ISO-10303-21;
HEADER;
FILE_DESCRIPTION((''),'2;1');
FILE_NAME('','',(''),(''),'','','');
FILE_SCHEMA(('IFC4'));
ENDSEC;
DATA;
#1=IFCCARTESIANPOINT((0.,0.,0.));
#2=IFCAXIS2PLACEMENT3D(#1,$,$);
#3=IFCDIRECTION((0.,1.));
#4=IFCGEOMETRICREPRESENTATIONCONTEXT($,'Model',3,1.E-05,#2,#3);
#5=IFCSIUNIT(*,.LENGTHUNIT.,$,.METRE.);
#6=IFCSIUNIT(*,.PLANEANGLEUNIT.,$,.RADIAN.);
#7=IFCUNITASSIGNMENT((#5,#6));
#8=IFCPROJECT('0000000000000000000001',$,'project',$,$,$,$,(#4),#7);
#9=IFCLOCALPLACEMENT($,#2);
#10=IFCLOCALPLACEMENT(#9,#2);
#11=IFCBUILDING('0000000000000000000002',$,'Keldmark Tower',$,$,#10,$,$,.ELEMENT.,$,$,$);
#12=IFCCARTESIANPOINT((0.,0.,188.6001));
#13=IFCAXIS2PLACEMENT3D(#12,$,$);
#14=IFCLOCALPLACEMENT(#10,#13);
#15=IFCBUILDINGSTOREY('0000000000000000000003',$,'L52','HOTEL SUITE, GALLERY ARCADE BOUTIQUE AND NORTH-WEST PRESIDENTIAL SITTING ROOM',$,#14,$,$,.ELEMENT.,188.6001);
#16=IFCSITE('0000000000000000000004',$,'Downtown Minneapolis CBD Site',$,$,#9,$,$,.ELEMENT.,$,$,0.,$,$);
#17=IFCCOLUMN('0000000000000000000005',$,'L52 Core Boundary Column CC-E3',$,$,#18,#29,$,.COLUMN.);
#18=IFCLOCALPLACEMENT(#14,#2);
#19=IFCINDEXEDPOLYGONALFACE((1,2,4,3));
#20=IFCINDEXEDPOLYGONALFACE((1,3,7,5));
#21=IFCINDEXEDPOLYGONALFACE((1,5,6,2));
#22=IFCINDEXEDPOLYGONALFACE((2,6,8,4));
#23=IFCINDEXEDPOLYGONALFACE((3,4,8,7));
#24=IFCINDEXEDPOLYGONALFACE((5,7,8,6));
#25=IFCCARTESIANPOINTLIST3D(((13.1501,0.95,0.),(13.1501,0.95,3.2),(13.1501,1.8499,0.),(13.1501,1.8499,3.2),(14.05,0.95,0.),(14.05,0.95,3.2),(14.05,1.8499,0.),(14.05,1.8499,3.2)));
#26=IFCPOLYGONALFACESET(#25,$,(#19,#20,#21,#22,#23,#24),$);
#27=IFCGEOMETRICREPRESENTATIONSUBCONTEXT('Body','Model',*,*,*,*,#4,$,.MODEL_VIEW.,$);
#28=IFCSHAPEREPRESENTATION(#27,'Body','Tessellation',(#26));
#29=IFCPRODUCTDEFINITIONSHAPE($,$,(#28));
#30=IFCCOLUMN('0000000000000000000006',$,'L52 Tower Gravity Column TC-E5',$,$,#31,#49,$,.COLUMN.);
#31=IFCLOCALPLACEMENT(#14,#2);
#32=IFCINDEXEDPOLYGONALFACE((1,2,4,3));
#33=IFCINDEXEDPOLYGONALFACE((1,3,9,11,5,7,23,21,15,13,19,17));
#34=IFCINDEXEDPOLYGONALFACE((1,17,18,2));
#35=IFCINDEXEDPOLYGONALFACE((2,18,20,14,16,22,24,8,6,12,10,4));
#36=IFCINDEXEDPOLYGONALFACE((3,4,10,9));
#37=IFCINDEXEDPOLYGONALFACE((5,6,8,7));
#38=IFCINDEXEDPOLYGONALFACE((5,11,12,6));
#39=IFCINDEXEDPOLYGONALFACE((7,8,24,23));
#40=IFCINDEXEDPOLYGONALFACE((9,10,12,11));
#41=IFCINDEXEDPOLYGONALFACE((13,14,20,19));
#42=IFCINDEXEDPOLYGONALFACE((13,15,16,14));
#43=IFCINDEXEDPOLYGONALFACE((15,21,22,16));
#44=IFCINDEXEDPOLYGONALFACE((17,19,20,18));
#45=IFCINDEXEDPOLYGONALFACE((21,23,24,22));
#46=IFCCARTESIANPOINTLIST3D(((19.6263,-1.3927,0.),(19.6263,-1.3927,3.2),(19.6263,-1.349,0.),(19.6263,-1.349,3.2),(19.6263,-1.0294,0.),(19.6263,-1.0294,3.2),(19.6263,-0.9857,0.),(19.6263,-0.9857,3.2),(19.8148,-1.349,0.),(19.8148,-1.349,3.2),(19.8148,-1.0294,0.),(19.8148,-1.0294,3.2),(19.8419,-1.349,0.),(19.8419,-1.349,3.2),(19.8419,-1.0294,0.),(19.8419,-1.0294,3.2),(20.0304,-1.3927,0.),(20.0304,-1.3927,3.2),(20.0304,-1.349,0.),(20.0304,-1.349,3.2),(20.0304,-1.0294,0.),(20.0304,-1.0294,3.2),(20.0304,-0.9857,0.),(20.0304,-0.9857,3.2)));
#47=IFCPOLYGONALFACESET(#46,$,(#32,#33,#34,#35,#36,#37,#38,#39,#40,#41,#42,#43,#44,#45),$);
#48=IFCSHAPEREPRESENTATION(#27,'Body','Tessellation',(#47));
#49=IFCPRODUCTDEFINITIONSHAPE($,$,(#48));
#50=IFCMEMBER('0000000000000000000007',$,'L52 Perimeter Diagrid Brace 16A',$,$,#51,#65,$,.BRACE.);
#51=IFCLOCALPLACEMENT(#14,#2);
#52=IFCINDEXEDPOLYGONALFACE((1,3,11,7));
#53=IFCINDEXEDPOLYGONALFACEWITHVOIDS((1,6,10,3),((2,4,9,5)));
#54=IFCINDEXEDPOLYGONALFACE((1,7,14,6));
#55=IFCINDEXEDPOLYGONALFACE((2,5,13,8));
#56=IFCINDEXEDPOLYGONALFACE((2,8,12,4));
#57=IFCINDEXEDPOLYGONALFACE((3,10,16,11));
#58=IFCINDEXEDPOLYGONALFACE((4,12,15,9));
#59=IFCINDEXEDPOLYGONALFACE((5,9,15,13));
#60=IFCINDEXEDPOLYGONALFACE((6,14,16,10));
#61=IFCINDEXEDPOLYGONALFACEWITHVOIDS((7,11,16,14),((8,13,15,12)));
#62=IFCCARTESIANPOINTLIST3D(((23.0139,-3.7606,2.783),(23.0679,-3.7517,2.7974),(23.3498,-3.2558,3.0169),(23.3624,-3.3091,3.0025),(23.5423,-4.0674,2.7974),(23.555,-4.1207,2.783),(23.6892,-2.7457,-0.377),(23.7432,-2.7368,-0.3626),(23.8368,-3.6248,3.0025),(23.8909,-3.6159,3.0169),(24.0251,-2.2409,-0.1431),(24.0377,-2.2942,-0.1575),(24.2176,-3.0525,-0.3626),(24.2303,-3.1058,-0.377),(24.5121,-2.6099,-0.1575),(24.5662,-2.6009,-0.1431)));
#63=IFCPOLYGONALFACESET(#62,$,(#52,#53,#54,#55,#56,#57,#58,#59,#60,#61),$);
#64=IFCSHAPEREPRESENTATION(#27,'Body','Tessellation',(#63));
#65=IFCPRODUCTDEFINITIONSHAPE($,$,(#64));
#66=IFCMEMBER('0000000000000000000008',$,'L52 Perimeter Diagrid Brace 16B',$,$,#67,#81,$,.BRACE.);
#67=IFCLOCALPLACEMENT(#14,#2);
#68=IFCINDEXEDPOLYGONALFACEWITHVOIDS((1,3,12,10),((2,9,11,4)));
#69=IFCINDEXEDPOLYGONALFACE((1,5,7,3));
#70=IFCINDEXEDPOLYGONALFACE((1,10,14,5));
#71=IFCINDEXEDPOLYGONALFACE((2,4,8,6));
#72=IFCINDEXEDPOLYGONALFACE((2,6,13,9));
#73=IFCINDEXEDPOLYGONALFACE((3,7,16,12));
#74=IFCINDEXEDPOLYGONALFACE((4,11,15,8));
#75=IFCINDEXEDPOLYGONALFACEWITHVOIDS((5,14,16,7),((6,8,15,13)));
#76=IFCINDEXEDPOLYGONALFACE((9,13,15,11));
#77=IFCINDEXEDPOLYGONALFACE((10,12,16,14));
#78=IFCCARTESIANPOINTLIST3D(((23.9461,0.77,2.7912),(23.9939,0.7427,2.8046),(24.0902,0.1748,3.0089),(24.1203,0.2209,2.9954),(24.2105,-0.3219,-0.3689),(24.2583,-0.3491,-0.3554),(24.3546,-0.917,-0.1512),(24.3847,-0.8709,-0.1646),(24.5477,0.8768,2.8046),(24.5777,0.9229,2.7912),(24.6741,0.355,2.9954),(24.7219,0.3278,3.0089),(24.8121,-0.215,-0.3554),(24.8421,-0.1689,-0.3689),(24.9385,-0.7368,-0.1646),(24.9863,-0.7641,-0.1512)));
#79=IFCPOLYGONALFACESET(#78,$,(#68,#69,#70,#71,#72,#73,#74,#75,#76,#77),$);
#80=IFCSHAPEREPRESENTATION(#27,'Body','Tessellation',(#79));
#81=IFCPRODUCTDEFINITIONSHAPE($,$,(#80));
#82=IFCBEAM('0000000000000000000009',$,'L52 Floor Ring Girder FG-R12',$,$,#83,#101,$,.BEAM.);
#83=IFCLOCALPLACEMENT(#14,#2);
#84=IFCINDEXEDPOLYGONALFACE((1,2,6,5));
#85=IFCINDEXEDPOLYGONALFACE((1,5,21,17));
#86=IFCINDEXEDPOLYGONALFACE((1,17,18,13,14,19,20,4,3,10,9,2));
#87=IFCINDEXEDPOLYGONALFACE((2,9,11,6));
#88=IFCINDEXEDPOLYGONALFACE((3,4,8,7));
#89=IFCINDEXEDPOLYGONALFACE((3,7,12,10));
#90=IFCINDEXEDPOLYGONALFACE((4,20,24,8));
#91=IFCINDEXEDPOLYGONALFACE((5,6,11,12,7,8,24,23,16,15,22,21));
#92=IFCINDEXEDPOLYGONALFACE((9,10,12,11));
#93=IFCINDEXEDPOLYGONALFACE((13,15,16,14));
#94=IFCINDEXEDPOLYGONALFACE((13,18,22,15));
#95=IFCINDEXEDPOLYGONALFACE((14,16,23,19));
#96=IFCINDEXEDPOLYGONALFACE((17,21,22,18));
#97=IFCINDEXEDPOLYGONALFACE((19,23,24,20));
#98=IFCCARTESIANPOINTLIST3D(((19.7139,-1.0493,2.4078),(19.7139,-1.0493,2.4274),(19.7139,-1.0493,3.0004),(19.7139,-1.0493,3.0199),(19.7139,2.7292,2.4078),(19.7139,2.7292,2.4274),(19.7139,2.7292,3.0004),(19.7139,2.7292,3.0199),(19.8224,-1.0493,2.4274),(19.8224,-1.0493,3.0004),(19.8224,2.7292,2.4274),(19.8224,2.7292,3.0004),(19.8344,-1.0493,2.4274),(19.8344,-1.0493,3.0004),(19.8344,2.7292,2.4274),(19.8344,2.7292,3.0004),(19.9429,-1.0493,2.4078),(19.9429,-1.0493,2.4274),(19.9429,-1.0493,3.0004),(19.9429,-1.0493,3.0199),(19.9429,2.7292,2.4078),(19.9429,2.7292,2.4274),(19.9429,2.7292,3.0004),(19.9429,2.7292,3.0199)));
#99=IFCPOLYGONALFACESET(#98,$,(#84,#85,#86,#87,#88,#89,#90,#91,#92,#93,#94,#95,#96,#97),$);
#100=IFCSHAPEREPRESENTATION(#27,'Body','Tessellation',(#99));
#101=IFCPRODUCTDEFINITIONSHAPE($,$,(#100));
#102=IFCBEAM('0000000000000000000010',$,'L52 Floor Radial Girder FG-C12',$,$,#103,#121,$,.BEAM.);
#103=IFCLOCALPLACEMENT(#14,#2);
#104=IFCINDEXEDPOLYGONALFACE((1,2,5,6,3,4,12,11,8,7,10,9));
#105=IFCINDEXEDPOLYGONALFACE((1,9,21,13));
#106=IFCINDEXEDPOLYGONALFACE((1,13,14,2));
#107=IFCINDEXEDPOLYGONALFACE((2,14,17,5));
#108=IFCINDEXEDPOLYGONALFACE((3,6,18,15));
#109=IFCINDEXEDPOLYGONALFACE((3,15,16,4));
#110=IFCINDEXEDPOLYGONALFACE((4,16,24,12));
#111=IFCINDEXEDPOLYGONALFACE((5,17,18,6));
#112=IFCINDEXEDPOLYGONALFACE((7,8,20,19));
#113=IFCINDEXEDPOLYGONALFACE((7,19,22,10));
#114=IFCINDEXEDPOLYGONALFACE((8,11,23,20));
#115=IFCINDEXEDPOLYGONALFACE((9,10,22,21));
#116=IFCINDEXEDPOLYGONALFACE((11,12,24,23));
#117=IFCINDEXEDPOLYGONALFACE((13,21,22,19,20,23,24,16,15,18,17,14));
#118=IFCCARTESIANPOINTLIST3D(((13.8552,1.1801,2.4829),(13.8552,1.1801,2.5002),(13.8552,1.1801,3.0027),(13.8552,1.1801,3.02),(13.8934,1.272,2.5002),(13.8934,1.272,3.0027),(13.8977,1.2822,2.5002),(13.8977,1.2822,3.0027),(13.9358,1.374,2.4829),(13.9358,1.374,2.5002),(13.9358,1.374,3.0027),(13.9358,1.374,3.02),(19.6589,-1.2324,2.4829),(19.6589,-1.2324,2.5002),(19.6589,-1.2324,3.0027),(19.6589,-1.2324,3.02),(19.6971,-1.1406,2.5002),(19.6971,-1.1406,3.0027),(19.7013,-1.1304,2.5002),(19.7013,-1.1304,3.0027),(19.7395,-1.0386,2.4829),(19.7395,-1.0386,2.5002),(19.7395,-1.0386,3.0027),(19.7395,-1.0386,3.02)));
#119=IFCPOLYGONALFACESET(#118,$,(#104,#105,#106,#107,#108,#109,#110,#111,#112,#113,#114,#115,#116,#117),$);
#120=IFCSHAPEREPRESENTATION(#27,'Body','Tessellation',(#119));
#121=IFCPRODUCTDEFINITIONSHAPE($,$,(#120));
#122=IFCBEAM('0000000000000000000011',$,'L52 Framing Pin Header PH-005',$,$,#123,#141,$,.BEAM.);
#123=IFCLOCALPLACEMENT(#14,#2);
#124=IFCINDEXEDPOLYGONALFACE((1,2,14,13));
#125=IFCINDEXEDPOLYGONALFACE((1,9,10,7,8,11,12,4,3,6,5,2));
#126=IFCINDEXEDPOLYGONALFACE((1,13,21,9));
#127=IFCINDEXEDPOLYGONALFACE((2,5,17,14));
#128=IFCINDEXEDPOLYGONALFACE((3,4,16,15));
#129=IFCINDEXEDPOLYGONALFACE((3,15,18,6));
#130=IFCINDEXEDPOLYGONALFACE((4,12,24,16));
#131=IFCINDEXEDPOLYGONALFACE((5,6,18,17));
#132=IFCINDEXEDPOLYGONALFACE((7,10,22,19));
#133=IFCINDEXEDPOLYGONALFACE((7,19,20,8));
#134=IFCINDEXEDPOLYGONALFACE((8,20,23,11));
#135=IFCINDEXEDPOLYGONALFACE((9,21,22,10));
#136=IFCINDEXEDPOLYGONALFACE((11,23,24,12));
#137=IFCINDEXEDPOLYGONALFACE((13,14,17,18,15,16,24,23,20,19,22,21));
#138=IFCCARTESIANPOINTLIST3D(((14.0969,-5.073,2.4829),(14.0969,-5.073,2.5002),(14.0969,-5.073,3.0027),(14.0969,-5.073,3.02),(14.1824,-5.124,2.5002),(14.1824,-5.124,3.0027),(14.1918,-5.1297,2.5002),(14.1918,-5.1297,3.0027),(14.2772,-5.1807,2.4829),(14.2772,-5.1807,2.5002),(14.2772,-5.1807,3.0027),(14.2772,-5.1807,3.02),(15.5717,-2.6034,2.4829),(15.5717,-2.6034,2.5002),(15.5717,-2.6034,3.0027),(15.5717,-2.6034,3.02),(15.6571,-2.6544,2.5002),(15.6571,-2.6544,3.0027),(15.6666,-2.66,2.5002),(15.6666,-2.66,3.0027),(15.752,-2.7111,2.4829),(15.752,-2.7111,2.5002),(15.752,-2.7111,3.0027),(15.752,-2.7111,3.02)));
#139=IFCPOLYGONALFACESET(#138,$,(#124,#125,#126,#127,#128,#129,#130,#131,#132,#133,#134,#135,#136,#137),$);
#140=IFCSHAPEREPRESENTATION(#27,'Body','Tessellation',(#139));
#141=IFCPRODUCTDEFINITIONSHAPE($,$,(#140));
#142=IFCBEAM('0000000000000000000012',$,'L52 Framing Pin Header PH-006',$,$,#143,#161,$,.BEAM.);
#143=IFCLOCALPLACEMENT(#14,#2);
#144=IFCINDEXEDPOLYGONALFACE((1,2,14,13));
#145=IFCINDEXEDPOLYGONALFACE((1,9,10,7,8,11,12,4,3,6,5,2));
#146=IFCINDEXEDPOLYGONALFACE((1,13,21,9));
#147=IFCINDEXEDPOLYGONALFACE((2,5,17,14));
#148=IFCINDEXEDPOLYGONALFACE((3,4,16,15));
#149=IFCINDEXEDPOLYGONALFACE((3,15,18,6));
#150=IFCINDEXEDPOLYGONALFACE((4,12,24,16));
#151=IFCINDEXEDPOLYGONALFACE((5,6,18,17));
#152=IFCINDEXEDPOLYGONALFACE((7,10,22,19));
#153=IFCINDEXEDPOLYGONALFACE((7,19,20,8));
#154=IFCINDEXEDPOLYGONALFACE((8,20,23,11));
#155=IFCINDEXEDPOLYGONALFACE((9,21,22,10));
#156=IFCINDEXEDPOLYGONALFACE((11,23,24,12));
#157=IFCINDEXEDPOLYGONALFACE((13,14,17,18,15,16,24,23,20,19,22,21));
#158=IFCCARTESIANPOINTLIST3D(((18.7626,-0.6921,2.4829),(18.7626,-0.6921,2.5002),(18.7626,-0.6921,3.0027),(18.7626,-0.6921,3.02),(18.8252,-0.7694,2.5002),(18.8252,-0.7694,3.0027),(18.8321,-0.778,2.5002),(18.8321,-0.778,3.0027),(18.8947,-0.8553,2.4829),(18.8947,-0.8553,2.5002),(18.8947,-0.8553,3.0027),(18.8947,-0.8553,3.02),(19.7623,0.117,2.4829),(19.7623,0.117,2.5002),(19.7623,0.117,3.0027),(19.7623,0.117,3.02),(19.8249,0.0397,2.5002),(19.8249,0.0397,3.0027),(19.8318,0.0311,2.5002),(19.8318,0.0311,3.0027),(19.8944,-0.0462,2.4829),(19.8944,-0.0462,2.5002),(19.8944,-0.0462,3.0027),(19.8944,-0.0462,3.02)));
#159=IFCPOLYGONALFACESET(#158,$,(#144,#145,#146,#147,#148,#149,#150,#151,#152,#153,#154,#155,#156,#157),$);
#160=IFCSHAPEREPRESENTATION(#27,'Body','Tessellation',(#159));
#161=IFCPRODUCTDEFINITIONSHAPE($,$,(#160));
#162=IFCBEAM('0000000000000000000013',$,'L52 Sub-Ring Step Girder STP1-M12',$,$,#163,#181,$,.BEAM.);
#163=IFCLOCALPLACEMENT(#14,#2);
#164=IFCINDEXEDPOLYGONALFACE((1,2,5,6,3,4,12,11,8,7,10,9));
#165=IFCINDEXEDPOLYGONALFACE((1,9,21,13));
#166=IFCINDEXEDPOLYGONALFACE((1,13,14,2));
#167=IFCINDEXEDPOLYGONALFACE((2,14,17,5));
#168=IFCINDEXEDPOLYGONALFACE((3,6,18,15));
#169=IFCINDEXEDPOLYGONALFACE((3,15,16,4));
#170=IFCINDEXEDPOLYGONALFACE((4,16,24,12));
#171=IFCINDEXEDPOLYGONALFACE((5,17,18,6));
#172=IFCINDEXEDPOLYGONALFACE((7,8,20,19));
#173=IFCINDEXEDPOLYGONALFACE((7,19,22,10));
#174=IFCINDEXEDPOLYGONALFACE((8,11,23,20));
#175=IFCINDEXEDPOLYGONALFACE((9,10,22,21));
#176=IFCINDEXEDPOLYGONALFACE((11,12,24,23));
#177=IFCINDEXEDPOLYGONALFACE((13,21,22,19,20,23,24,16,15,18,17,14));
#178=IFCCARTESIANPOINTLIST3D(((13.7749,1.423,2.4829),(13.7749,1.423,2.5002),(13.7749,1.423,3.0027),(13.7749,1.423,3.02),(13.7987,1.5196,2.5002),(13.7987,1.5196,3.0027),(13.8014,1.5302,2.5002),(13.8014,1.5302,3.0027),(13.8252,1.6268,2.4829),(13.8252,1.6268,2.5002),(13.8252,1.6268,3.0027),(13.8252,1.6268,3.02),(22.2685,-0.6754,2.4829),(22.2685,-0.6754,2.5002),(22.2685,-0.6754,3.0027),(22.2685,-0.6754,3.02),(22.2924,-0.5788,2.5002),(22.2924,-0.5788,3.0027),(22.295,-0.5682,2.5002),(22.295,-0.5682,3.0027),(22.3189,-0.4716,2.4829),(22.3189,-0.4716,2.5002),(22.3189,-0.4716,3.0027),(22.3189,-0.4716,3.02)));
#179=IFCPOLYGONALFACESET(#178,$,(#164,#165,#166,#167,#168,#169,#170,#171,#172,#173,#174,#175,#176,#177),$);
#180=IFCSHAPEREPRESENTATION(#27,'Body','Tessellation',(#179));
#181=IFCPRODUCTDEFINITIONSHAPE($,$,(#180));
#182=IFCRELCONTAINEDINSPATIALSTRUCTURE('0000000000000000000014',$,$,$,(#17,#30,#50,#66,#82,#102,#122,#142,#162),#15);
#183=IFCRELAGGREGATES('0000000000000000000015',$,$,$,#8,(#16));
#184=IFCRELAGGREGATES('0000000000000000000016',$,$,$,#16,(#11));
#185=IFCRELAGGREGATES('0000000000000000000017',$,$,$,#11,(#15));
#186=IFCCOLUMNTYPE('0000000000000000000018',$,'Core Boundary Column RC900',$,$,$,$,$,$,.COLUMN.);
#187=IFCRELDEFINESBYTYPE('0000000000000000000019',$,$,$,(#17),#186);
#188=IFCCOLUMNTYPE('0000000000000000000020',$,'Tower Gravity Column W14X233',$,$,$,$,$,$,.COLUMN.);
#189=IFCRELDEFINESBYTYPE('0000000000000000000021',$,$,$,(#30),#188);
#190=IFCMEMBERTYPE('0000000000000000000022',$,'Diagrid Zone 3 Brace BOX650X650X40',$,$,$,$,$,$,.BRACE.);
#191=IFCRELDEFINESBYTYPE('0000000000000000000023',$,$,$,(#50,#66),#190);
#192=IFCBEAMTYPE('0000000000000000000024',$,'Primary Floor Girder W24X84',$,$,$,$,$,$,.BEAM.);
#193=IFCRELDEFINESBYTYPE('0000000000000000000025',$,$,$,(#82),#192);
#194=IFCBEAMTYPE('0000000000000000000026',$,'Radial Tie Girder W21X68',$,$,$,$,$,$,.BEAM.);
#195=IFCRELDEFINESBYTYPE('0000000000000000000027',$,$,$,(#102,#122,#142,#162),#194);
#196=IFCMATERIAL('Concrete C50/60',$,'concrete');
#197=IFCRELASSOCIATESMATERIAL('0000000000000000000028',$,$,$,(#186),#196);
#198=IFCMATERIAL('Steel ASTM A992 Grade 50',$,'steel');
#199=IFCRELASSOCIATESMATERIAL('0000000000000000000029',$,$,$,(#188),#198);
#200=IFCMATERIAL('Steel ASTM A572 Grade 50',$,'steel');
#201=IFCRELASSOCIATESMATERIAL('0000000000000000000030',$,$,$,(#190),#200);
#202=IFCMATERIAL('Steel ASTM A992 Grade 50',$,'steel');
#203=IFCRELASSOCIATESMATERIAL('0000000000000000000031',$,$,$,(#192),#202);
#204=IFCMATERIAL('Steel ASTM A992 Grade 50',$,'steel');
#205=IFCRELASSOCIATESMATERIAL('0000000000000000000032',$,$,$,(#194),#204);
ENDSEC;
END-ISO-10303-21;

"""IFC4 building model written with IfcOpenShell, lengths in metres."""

from ifc_helpers import new_model, si_unit, direction, frame, origin, origin_2d, place, context, subcontext, project, spatial, rectangle, hollow_rectangle, i_section, extrude, material, material_profile, profile_set, type_object, element, save


model = new_model("IFC4")

# Units and contexts
model_context = context("Model", 3, precision=1e-05, world=origin(), true_north=direction((0.0, 1.0)))
body_context = subcontext(model_context, "Body", "Model", "MODEL_VIEW")
ifc_project = project(units=[si_unit("LENGTHUNIT", "METRE"), si_unit("PLANEANGLEUNIT", "RADIAN")], contexts=[model_context])

# Site, building, storey
site_placement = place(None, origin())
site = spatial("IfcSite", under=ifc_project, at=site_placement, Name="Downtown Minneapolis CBD Site", CompositionType="ELEMENT", RefElevation=0.0)
building_placement = place(site_placement, origin())
building = spatial("IfcBuilding", under=site, at=building_placement, Name="Keldmark Tower", CompositionType="ELEMENT")
storey_placement = place(building_placement, frame((0.0, 0.0, 188.6001)))
storey = spatial("IfcBuildingStorey", under=building, at=storey_placement, Name="L52", Description="HOTEL SUITE, GALLERY ARCADE BOUTIQUE AND NORTH-WEST PRESIDENTIAL SITTING ROOM", CompositionType="ELEMENT", Elevation=188.6001)

# Columns
ifc_material_1 = material(Name="Concrete C50/60", Category="concrete")
ifc_material_profile_1 = material_profile(ifc_material_1, rectangle(XDim=0.8999, YDim=0.8999, at=origin_2d()), Name="RC900X900")
ifc_profile_set_1 = profile_set([ifc_material_profile_1], Name="Concrete C50/60")
column_type_1 = type_object("IfcColumnType", Name="Core Boundary Column RC900", PredefinedType="COLUMN", material=ifc_profile_set_1)
column_1_placement = place(storey_placement, frame((13.6001, 1.3999, 0.0), z_axis=(0.0, 0.0, 1.0), x_axis=(1.0, 0.0, 0.0)))
element("IfcColumn", 1, at=column_1_placement, inside=storey, type_object=column_type_1, Name="L52 Core Boundary Column CC-E3", PredefinedType="COLUMN", context=body_context, shape_type="SweptSolid", body=[
    extrude(rectangle(XDim=0.8999, YDim=0.8999, at=origin_2d()), origin(), (0.0, 0.0, 1.0), 3.2),
])
ifc_material_2 = material(Name="Steel ASTM A992 Grade 50", Category="steel")
ifc_material_profile_2 = material_profile(ifc_material_2, i_section(OverallWidth=0.4041, OverallDepth=0.407, WebThickness=0.0271, FlangeThickness=0.0437, at=origin_2d()), Name="W14X233")
ifc_profile_set_2 = profile_set([ifc_material_profile_2], Name="Steel ASTM A992 Grade 50")
column_type_2 = type_object("IfcColumnType", Name="Tower Gravity Column W14X233", PredefinedType="COLUMN", material=ifc_profile_set_2)
column_2_placement = place(storey_placement, frame((19.8284, -1.1892, 0.0), z_axis=(0.0, 0.0, 1.0), x_axis=(1.0, 0.0, 0.0)))
element("IfcColumn", 2, at=column_2_placement, inside=storey, type_object=column_type_2, Name="L52 Tower Gravity Column TC-E5", PredefinedType="COLUMN", context=body_context, shape_type="SweptSolid", body=[
    extrude(i_section(OverallWidth=0.4041, OverallDepth=0.407, WebThickness=0.0271, FlangeThickness=0.0437, at=origin_2d()), origin(), (0.0, 0.0, 1.0), 3.2),
])

# Members
ifc_material_3 = material(Name="Steel ASTM A572 Grade 50", Category="steel")
ifc_material_profile_3 = material_profile(ifc_material_3, hollow_rectangle(XDim=0.6499, YDim=0.6499, WallThickness=0.04, at=origin_2d()), Name="BOX650X650X40")
ifc_profile_set_3 = profile_set([ifc_material_profile_3], Name="Steel ASTM A572 Grade 50")
member_type = type_object("IfcMemberType", Name="Diagrid Zone 3 Brace BOX650X650X40", PredefinedType="BRACE", material=ifc_profile_set_3)
member_1_placement = place(storey_placement, frame((24.1277, -2.6733, -0.26), z_axis=(-0.199384, -0.299653, 0.932981), x_axis=(0.832543, -0.553961, 0.0)))
element("IfcMember", 3, at=member_1_placement, inside=storey, type_object=member_type, Name="L52 Perimeter Diagrid Brace 16A", PredefinedType="BRACE", context=body_context, shape_type="SweptSolid", body=[
    extrude(hollow_rectangle(XDim=0.6499, YDim=0.6499, WallThickness=0.04, at=origin_2d()), origin(), (0.0, 0.0, 1.0), 3.387),
])
member_2_placement = place(storey_placement, frame((24.5984, -0.543, -0.26), z_axis=(-0.078841, 0.325555, 0.94223), x_axis=(-0.971906, -0.23537, 0.0)))
element("IfcMember", 4, at=member_2_placement, inside=storey, type_object=member_type, Name="L52 Perimeter Diagrid Brace 16B", PredefinedType="BRACE", context=body_context, shape_type="SweptSolid", body=[
    extrude(hollow_rectangle(XDim=0.6499, YDim=0.6499, WallThickness=0.04, at=origin_2d()), origin(), (0.0, 0.0, 1.0), 3.3538),
])

# Beams
ifc_material_4 = material(Name="Steel ASTM A992 Grade 50", Category="steel")
ifc_material_profile_4 = material_profile(ifc_material_4, i_section(OverallWidth=0.229, OverallDepth=0.6121, WebThickness=0.012, FlangeThickness=0.0195, at=origin_2d()), Name="W24X84")
ifc_profile_set_4 = profile_set([ifc_material_profile_4], Name="Steel ASTM A992 Grade 50")
beam_type_1 = type_object("IfcBeamType", Name="Primary Floor Girder W24X84", PredefinedType="BEAM", material=ifc_profile_set_4)
beam_1_placement = place(storey_placement, frame((19.8284, -1.0493, 2.7139), z_axis=(0.0, 1.0, 0.0), x_axis=(-1.0, 0.0, 0.0)))
element("IfcBeam", 5, at=beam_1_placement, inside=storey, type_object=beam_type_1, Name="L52 Floor Ring Girder FG-R12", PredefinedType="BEAM", context=body_context, shape_type="SweptSolid", body=[
    extrude(i_section(OverallWidth=0.229, OverallDepth=0.6121, WebThickness=0.012, FlangeThickness=0.0195, at=origin_2d()), origin(), (0.0, 0.0, 1.0), 3.7786),
])
ifc_material_5 = material(Name="Steel ASTM A992 Grade 50", Category="steel")
ifc_material_profile_5 = material_profile(ifc_material_5, i_section(OverallWidth=0.21, OverallDepth=0.5371, WebThickness=0.011, FlangeThickness=0.0173, at=origin_2d()), Name="W21X68")
ifc_profile_set_5 = profile_set([ifc_material_profile_5], Name="Steel ASTM A992 Grade 50")
beam_type_2 = type_object("IfcBeamType", Name="Radial Tie Girder W21X68", PredefinedType="BEAM", material=ifc_profile_set_5)
beam_2_placement = place(storey_placement, frame((19.6992, -1.1355, 2.7515), z_axis=(-0.923394, 0.383854, 0.0), x_axis=(-0.383854, -0.923394, 0.0)))
element("IfcBeam", 6, at=beam_2_placement, inside=storey, type_object=beam_type_2, Name="L52 Floor Radial Girder FG-C12", PredefinedType="BEAM", context=body_context, shape_type="SweptSolid", body=[
    extrude(i_section(OverallWidth=0.21, OverallDepth=0.5371, WebThickness=0.011, FlangeThickness=0.0173, at=origin_2d()), origin(), (0.0, 0.0, 1.0), 6.2852),
])
beam_3_placement = place(storey_placement, frame((15.6619, -2.6572, 2.7515), z_axis=(-0.51271, -0.858562, 0.0), x_axis=(0.858562, -0.51271, 0.0)))
element("IfcBeam", 7, at=beam_3_placement, inside=storey, type_object=beam_type_2, Name="L52 Framing Pin Header PH-005", PredefinedType="BEAM", context=body_context, shape_type="SweptSolid", body=[
    extrude(i_section(OverallWidth=0.21, OverallDepth=0.5371, WebThickness=0.011, FlangeThickness=0.0173, at=origin_2d()), origin(), (0.0, 0.0, 1.0), 2.8765),
])
beam_4_placement = place(storey_placement, frame((18.8286, -0.7737, 2.7515), z_axis=(0.777338, 0.629084, 0.0), x_axis=(-0.629084, 0.777338, 0.0)))
element("IfcBeam", 8, at=beam_4_placement, inside=storey, type_object=beam_type_2, Name="L52 Framing Pin Header PH-006", PredefinedType="BEAM", context=body_context, shape_type="SweptSolid", body=[
    extrude(i_section(OverallWidth=0.21, OverallDepth=0.5371, WebThickness=0.011, FlangeThickness=0.0173, at=origin_2d()), origin(), (0.0, 0.0, 1.0), 1.2861),
])
beam_5_placement = place(storey_placement, frame((13.8, 1.5249, 2.7515), z_axis=(0.970812, -0.239843, 0.0), x_axis=(0.239843, 0.970812, 0.0)))
element("IfcBeam", 9, at=beam_5_placement, inside=storey, type_object=beam_type_2, Name="L52 Sub-Ring Step Girder STP1-M12", PredefinedType="BEAM", context=body_context, shape_type="SweptSolid", body=[
    extrude(i_section(OverallWidth=0.21, OverallDepth=0.5371, WebThickness=0.011, FlangeThickness=0.0173, at=origin_2d()), origin(), (0.0, 0.0, 1.0), 8.749),
])

save(model, "model.ifc")
